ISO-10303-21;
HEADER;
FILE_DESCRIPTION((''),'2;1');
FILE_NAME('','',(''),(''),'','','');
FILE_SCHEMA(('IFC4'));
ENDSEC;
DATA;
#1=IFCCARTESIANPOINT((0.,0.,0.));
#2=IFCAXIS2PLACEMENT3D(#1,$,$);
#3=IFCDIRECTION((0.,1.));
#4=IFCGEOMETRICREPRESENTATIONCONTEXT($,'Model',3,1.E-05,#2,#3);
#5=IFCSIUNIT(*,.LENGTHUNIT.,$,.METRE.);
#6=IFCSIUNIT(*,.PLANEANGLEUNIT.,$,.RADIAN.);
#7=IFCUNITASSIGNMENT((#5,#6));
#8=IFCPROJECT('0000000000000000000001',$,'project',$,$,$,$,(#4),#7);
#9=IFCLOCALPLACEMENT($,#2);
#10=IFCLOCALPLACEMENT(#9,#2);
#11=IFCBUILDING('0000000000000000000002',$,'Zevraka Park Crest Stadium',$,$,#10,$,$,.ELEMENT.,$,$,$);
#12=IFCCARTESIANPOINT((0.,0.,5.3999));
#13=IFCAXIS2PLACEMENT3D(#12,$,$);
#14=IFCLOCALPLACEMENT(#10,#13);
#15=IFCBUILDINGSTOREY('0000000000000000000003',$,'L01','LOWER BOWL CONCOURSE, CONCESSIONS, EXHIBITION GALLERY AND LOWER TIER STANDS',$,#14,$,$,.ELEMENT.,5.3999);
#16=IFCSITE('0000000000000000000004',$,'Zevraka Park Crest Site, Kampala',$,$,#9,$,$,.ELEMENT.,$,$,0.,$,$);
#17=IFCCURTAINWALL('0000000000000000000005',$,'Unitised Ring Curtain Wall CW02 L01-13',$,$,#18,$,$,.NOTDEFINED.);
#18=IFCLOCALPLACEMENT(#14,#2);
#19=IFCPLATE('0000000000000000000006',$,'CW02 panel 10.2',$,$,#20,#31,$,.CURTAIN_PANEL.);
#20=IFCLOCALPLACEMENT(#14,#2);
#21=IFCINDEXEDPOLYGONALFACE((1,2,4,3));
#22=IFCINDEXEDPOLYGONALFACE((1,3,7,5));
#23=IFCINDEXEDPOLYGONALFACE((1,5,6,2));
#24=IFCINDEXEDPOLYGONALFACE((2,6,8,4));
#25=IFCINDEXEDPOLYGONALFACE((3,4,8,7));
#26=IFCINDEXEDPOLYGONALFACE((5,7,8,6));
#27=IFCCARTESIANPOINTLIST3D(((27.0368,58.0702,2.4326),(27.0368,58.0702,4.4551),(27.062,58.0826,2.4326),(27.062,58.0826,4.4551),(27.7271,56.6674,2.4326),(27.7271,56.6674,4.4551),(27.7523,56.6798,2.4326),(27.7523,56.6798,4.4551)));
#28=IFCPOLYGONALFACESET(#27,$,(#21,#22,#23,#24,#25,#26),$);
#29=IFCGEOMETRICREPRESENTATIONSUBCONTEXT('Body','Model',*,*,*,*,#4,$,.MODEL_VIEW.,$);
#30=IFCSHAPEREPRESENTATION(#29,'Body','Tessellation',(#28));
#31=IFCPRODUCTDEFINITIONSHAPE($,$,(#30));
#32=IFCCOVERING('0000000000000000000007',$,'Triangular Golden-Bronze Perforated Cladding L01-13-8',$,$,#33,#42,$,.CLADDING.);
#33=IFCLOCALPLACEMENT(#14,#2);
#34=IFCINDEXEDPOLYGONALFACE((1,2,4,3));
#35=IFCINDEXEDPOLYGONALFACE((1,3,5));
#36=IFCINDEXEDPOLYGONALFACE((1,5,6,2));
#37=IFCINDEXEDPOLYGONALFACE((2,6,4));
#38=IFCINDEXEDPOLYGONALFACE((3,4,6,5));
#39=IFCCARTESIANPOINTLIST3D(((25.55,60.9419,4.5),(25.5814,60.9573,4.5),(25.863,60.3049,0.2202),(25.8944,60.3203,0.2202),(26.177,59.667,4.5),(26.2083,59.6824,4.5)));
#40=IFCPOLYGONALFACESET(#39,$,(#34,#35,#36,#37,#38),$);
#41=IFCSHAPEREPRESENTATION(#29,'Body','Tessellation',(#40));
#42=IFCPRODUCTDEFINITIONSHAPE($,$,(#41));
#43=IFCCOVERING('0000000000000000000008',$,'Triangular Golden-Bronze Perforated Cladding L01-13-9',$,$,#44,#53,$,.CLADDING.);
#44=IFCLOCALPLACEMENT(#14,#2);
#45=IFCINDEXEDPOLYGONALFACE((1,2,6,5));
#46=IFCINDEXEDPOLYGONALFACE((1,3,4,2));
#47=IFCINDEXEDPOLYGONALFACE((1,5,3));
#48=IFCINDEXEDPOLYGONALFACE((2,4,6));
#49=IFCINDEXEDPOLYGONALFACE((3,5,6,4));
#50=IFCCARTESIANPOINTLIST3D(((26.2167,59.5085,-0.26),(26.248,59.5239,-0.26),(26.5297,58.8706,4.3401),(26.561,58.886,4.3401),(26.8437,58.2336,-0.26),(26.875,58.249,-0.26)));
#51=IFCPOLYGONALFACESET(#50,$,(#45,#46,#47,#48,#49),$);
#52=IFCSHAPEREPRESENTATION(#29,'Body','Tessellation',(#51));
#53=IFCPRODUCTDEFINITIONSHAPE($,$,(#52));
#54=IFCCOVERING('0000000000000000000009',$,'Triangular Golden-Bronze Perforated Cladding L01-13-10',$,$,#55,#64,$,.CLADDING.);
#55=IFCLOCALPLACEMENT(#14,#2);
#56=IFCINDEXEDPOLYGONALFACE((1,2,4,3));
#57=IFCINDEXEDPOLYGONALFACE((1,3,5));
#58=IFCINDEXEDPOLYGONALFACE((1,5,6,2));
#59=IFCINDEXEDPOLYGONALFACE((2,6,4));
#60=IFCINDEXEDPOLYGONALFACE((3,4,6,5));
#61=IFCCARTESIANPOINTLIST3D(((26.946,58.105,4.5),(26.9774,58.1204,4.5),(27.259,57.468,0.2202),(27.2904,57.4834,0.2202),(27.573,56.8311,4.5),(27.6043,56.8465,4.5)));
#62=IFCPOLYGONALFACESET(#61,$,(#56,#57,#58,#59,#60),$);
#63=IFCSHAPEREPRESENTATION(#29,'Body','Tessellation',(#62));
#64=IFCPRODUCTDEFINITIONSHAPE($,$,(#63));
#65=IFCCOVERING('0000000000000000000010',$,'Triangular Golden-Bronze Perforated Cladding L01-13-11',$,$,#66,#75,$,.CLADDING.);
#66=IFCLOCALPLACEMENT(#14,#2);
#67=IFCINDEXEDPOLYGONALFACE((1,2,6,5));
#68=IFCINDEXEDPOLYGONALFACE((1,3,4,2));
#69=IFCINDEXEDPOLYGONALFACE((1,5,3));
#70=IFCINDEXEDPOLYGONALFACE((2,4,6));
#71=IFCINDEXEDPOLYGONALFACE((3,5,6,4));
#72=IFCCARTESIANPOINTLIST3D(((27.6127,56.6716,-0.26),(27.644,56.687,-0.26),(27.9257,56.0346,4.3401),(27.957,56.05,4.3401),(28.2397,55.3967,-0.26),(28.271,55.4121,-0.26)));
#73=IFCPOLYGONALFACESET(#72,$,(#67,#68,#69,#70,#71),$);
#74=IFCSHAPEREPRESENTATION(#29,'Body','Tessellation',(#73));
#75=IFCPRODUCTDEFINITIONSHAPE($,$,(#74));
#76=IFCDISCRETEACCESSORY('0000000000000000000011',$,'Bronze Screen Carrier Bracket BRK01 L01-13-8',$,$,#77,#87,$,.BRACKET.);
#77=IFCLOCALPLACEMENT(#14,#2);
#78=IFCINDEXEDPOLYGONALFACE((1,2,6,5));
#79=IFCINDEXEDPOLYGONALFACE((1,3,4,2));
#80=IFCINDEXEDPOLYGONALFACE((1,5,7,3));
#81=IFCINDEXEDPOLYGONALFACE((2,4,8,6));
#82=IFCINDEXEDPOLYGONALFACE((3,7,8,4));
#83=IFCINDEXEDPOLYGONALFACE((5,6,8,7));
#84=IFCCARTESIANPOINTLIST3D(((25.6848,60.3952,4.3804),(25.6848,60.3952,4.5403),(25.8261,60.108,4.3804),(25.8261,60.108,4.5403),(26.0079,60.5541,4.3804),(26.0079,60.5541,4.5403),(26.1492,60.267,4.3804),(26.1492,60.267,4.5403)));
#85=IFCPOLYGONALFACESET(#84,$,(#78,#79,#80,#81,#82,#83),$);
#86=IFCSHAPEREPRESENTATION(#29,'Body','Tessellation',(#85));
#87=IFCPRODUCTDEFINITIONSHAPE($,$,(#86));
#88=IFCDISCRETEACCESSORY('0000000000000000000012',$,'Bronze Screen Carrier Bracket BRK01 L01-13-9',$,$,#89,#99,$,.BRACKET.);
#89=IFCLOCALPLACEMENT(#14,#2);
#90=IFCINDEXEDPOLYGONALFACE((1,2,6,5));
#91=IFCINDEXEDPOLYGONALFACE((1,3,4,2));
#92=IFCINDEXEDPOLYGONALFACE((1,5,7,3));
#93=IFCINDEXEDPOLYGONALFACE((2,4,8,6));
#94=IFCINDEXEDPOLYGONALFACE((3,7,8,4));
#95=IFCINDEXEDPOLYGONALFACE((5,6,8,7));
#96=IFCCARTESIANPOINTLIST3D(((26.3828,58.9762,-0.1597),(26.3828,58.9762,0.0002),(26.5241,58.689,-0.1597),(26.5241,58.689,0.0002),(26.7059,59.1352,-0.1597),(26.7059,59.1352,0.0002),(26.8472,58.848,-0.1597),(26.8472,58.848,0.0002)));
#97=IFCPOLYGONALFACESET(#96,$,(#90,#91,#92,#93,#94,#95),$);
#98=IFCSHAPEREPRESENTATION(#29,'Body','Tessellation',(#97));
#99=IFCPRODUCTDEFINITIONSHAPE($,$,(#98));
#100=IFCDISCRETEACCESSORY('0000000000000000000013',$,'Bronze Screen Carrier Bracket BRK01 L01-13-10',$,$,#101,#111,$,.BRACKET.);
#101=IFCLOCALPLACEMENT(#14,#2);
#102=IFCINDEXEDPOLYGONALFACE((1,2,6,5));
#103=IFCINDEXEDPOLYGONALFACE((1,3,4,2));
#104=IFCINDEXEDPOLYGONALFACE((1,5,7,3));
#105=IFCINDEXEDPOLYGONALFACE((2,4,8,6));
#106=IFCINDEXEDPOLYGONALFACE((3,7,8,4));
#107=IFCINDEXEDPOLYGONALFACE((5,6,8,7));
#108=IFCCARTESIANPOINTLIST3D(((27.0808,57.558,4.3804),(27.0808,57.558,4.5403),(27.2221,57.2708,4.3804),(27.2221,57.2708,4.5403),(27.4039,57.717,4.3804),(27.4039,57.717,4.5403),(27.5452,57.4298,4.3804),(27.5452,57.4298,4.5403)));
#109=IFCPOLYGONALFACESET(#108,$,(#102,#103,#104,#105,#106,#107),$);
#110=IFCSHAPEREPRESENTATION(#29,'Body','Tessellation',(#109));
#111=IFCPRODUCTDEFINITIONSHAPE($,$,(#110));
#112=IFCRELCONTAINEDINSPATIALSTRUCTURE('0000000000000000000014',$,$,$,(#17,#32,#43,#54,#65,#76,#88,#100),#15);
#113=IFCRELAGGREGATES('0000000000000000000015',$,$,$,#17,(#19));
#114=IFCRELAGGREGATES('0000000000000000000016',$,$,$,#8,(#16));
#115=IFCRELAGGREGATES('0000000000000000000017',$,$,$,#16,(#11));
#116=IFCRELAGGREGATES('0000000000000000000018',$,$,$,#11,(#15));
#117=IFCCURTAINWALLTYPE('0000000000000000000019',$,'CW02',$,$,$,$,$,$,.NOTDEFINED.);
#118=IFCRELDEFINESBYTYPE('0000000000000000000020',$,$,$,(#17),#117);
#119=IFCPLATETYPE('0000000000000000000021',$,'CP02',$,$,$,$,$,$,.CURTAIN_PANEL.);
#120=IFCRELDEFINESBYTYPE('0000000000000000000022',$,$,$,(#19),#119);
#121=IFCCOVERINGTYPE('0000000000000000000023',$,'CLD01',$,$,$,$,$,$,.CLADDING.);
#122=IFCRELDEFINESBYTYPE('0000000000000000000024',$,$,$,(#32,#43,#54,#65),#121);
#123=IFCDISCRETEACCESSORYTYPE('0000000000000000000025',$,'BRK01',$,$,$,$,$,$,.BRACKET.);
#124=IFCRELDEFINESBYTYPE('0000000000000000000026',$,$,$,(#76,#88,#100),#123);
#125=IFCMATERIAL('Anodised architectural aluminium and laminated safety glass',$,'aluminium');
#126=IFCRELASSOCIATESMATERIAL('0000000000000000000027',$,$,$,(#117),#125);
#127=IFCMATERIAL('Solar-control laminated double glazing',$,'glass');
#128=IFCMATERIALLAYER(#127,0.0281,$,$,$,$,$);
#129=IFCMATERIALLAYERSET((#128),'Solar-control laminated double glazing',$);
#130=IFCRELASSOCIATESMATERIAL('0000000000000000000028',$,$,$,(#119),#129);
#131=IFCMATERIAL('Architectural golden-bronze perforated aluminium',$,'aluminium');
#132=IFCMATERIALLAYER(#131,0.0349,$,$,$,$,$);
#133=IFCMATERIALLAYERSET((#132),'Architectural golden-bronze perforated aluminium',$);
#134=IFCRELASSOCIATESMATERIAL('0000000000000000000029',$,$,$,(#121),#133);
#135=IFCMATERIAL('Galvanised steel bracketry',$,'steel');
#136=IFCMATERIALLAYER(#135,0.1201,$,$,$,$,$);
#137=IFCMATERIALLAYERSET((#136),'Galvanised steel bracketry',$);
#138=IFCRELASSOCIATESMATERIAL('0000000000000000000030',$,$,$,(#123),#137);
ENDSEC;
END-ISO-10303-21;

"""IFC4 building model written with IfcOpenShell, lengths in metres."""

from ifc_helpers import new_model, si_unit, direction, frame, origin, origin_2d, place, context, subcontext, project, spatial, polyline, rectangle, outline, extrude, material, layer, layer_set, type_object, element, aggregate, save


model = new_model("IFC4")

# Units and contexts
model_context = context("Model", 3, precision=1e-05, world=origin(), true_north=direction((0.0, 1.0)))
body_context = subcontext(model_context, "Body", "Model", "MODEL_VIEW")
ifc_project = project(units=[si_unit("LENGTHUNIT", "METRE"), si_unit("PLANEANGLEUNIT", "RADIAN")], contexts=[model_context])

# Site, building, storey
site_placement = place(None, origin())
site = spatial("IfcSite", under=ifc_project, at=site_placement, Name="Zevraka Park Crest Site, Kampala", CompositionType="ELEMENT", RefElevation=0.0)
building_placement = place(site_placement, origin())
building = spatial("IfcBuilding", under=site, at=building_placement, Name="Zevraka Park Crest Stadium", CompositionType="ELEMENT")
storey_placement = place(building_placement, frame((0.0, 0.0, 5.3999)))
storey = spatial("IfcBuildingStorey", under=building, at=storey_placement, Name="L01", Description="LOWER BOWL CONCOURSE, CONCESSIONS, EXHIBITION GALLERY AND LOWER TIER STANDS", CompositionType="ELEMENT", Elevation=5.3999)

# Curtain wall, plate
ifc_material_1 = material(Name="Anodised architectural aluminium and laminated safety glass", Category="aluminium")
curtain_wall_type = type_object("IfcCurtainWallType", Name="CW02", PredefinedType="NOTDEFINED", material=ifc_material_1)
curtain_wall_placement = place(storey_placement, origin())
curtain_wall = element("IfcCurtainWall", 1, at=curtain_wall_placement, inside=storey, type_object=curtain_wall_type, Name="Unitised Ring Curtain Wall CW02 L01-13", PredefinedType="NOTDEFINED")
ifc_material_2 = material(Name="Solar-control laminated double glazing", Category="glass")
ifc_layer_1 = layer(ifc_material_2, 0.0281)
ifc_layer_set_1 = layer_set([ifc_layer_1], Name="Solar-control laminated double glazing")
plate_type = type_object("IfcPlateType", Name="CP02", PredefinedType="CURTAIN_PANEL", material=ifc_layer_set_1)
plate_1_placement = place(storey_placement, frame((27.3945, 57.375, 2.4326), z_axis=(0.0, 0.0, 1.0), x_axis=(0.441517, -0.897253, 0.0)))
plate_1 = element("IfcPlate", 2, at=plate_1_placement, type_object=plate_type, Name="CW02 panel 10.2", PredefinedType="CURTAIN_PANEL", context=body_context, shape_type="SweptSolid", body=[
    extrude(rectangle(XDim=1.5635, YDim=0.0281, at=origin_2d()), origin(), (0.0, 0.0, 1.0), 2.0225),
])
aggregate(curtain_wall, [plate_1])

# Coverings
ifc_material_3 = material(Name="Architectural golden-bronze perforated aluminium", Category="aluminium")
ifc_layer_2 = layer(ifc_material_3, 0.0349)
ifc_layer_set_2 = layer_set([ifc_layer_2], Name="Architectural golden-bronze perforated aluminium")
covering_type = type_object("IfcCoveringType", Name="CLD01", PredefinedType="CLADDING", material=ifc_layer_set_2)
covering_1_placement = place(storey_placement, frame((26.177, 59.667, 4.5), z_axis=(-0.897363, -0.441292, 0.000052), x_axis=(-0.441292, 0.897363, 0.0)))
element("IfcCovering", 3, at=covering_1_placement, inside=storey, type_object=covering_type, Name="Triangular Golden-Bronze Perforated Cladding L01-13-8", PredefinedType="CLADDING", context=body_context, shape_type="SweptSolid", body=[
    extrude(outline(polyline([(0.0, 0.0), (1.4207, 0.0), (0.711, 4.2798), (0.0, 0.0)])), origin(), (0.0, 0.0, -1.0), 0.0349),
])
covering_2_placement = place(storey_placement, frame((26.248, 59.5239, -0.26), z_axis=(0.897363, 0.441292, 0.000142), x_axis=(0.441292, -0.897363, 0.0)))
element("IfcCovering", 4, at=covering_2_placement, inside=storey, type_object=covering_type, Name="Triangular Golden-Bronze Perforated Cladding L01-13-9", PredefinedType="CLADDING", context=body_context, shape_type="SweptSolid", body=[
    extrude(outline(polyline([(0.0, 0.0), (1.4207, 0.0), (0.7106, -4.6001), (0.0, 0.0)])), origin(), (0.0, 0.0, -1.0), 0.0349),
])
covering_3_placement = place(storey_placement, frame((27.573, 56.8311, 4.5), z_axis=(-0.897229, -0.441565, 0.000102), x_axis=(-0.441565, 0.897229, 0.0)))
element("IfcCovering", 5, at=covering_3_placement, inside=storey, type_object=covering_type, Name="Triangular Golden-Bronze Perforated Cladding L01-13-10", PredefinedType="CLADDING", context=body_context, shape_type="SweptSolid", body=[
    extrude(outline(polyline([(0.0, 0.0), (1.4198, 0.0), (0.7101, 4.2798), (0.0, 0.0)])), origin(), (0.0, 0.0, -1.0), 0.0349),
])
covering_4_placement = place(storey_placement, frame((27.644, 56.687, -0.26), z_axis=(0.897363, 0.441292, 0.000048), x_axis=(0.441292, -0.897363, 0.0)))
element("IfcCovering", 6, at=covering_4_placement, inside=storey, type_object=covering_type, Name="Triangular Golden-Bronze Perforated Cladding L01-13-11", PredefinedType="CLADDING", context=body_context, shape_type="SweptSolid", body=[
    extrude(outline(polyline([(0.0, 0.0), (1.4207, 0.0), (0.7097, -4.6001), (0.0, 0.0)])), origin(), (0.0, 0.0, -1.0), 0.0349),
])

# Discrete accessories
ifc_material_4 = material(Name="Galvanised steel bracketry", Category="steel")
ifc_layer_3 = layer(ifc_material_4, 0.1201)
ifc_layer_set_3 = layer_set([ifc_layer_3], Name="Galvanised steel bracketry")
discrete_accessory_type = type_object("IfcDiscreteAccessoryType", Name="BRK01", PredefinedType="BRACKET", material=ifc_layer_set_3)
for number, where, z_axis, x_axis, name in (
    (7, (25.917, 60.3311, 4.3804), (0.0, 0.0, 1.0), (0.441506, -0.897258, 0.0), "Bronze Screen Carrier Bracket BRK01 L01-13-8"),
    (8, (26.615, 58.9121, -0.1597), (0.0, 0.0, 1.0), (0.441506, -0.897258, 0.0), "Bronze Screen Carrier Bracket BRK01 L01-13-9"),
    (9, (27.313, 57.4939, 4.3804), (0.0, 0.0, 1.0), (0.441506, -0.897258, 0.0), "Bronze Screen Carrier Bracket BRK01 L01-13-10"),
):
    element("IfcDiscreteAccessory", number, at=place(storey_placement, frame(where, z_axis=z_axis, x_axis=x_axis)), inside=storey, type_object=discrete_accessory_type, Name=name, PredefinedType="BRACKET", context=body_context, shape_type="SweptSolid", body=[
        extrude(rectangle(XDim=0.3201, YDim=0.3601, at=origin_2d()), origin(), (0.0, 0.0, 1.0), 0.1599),
    ])

save(model, "model.ifc")
